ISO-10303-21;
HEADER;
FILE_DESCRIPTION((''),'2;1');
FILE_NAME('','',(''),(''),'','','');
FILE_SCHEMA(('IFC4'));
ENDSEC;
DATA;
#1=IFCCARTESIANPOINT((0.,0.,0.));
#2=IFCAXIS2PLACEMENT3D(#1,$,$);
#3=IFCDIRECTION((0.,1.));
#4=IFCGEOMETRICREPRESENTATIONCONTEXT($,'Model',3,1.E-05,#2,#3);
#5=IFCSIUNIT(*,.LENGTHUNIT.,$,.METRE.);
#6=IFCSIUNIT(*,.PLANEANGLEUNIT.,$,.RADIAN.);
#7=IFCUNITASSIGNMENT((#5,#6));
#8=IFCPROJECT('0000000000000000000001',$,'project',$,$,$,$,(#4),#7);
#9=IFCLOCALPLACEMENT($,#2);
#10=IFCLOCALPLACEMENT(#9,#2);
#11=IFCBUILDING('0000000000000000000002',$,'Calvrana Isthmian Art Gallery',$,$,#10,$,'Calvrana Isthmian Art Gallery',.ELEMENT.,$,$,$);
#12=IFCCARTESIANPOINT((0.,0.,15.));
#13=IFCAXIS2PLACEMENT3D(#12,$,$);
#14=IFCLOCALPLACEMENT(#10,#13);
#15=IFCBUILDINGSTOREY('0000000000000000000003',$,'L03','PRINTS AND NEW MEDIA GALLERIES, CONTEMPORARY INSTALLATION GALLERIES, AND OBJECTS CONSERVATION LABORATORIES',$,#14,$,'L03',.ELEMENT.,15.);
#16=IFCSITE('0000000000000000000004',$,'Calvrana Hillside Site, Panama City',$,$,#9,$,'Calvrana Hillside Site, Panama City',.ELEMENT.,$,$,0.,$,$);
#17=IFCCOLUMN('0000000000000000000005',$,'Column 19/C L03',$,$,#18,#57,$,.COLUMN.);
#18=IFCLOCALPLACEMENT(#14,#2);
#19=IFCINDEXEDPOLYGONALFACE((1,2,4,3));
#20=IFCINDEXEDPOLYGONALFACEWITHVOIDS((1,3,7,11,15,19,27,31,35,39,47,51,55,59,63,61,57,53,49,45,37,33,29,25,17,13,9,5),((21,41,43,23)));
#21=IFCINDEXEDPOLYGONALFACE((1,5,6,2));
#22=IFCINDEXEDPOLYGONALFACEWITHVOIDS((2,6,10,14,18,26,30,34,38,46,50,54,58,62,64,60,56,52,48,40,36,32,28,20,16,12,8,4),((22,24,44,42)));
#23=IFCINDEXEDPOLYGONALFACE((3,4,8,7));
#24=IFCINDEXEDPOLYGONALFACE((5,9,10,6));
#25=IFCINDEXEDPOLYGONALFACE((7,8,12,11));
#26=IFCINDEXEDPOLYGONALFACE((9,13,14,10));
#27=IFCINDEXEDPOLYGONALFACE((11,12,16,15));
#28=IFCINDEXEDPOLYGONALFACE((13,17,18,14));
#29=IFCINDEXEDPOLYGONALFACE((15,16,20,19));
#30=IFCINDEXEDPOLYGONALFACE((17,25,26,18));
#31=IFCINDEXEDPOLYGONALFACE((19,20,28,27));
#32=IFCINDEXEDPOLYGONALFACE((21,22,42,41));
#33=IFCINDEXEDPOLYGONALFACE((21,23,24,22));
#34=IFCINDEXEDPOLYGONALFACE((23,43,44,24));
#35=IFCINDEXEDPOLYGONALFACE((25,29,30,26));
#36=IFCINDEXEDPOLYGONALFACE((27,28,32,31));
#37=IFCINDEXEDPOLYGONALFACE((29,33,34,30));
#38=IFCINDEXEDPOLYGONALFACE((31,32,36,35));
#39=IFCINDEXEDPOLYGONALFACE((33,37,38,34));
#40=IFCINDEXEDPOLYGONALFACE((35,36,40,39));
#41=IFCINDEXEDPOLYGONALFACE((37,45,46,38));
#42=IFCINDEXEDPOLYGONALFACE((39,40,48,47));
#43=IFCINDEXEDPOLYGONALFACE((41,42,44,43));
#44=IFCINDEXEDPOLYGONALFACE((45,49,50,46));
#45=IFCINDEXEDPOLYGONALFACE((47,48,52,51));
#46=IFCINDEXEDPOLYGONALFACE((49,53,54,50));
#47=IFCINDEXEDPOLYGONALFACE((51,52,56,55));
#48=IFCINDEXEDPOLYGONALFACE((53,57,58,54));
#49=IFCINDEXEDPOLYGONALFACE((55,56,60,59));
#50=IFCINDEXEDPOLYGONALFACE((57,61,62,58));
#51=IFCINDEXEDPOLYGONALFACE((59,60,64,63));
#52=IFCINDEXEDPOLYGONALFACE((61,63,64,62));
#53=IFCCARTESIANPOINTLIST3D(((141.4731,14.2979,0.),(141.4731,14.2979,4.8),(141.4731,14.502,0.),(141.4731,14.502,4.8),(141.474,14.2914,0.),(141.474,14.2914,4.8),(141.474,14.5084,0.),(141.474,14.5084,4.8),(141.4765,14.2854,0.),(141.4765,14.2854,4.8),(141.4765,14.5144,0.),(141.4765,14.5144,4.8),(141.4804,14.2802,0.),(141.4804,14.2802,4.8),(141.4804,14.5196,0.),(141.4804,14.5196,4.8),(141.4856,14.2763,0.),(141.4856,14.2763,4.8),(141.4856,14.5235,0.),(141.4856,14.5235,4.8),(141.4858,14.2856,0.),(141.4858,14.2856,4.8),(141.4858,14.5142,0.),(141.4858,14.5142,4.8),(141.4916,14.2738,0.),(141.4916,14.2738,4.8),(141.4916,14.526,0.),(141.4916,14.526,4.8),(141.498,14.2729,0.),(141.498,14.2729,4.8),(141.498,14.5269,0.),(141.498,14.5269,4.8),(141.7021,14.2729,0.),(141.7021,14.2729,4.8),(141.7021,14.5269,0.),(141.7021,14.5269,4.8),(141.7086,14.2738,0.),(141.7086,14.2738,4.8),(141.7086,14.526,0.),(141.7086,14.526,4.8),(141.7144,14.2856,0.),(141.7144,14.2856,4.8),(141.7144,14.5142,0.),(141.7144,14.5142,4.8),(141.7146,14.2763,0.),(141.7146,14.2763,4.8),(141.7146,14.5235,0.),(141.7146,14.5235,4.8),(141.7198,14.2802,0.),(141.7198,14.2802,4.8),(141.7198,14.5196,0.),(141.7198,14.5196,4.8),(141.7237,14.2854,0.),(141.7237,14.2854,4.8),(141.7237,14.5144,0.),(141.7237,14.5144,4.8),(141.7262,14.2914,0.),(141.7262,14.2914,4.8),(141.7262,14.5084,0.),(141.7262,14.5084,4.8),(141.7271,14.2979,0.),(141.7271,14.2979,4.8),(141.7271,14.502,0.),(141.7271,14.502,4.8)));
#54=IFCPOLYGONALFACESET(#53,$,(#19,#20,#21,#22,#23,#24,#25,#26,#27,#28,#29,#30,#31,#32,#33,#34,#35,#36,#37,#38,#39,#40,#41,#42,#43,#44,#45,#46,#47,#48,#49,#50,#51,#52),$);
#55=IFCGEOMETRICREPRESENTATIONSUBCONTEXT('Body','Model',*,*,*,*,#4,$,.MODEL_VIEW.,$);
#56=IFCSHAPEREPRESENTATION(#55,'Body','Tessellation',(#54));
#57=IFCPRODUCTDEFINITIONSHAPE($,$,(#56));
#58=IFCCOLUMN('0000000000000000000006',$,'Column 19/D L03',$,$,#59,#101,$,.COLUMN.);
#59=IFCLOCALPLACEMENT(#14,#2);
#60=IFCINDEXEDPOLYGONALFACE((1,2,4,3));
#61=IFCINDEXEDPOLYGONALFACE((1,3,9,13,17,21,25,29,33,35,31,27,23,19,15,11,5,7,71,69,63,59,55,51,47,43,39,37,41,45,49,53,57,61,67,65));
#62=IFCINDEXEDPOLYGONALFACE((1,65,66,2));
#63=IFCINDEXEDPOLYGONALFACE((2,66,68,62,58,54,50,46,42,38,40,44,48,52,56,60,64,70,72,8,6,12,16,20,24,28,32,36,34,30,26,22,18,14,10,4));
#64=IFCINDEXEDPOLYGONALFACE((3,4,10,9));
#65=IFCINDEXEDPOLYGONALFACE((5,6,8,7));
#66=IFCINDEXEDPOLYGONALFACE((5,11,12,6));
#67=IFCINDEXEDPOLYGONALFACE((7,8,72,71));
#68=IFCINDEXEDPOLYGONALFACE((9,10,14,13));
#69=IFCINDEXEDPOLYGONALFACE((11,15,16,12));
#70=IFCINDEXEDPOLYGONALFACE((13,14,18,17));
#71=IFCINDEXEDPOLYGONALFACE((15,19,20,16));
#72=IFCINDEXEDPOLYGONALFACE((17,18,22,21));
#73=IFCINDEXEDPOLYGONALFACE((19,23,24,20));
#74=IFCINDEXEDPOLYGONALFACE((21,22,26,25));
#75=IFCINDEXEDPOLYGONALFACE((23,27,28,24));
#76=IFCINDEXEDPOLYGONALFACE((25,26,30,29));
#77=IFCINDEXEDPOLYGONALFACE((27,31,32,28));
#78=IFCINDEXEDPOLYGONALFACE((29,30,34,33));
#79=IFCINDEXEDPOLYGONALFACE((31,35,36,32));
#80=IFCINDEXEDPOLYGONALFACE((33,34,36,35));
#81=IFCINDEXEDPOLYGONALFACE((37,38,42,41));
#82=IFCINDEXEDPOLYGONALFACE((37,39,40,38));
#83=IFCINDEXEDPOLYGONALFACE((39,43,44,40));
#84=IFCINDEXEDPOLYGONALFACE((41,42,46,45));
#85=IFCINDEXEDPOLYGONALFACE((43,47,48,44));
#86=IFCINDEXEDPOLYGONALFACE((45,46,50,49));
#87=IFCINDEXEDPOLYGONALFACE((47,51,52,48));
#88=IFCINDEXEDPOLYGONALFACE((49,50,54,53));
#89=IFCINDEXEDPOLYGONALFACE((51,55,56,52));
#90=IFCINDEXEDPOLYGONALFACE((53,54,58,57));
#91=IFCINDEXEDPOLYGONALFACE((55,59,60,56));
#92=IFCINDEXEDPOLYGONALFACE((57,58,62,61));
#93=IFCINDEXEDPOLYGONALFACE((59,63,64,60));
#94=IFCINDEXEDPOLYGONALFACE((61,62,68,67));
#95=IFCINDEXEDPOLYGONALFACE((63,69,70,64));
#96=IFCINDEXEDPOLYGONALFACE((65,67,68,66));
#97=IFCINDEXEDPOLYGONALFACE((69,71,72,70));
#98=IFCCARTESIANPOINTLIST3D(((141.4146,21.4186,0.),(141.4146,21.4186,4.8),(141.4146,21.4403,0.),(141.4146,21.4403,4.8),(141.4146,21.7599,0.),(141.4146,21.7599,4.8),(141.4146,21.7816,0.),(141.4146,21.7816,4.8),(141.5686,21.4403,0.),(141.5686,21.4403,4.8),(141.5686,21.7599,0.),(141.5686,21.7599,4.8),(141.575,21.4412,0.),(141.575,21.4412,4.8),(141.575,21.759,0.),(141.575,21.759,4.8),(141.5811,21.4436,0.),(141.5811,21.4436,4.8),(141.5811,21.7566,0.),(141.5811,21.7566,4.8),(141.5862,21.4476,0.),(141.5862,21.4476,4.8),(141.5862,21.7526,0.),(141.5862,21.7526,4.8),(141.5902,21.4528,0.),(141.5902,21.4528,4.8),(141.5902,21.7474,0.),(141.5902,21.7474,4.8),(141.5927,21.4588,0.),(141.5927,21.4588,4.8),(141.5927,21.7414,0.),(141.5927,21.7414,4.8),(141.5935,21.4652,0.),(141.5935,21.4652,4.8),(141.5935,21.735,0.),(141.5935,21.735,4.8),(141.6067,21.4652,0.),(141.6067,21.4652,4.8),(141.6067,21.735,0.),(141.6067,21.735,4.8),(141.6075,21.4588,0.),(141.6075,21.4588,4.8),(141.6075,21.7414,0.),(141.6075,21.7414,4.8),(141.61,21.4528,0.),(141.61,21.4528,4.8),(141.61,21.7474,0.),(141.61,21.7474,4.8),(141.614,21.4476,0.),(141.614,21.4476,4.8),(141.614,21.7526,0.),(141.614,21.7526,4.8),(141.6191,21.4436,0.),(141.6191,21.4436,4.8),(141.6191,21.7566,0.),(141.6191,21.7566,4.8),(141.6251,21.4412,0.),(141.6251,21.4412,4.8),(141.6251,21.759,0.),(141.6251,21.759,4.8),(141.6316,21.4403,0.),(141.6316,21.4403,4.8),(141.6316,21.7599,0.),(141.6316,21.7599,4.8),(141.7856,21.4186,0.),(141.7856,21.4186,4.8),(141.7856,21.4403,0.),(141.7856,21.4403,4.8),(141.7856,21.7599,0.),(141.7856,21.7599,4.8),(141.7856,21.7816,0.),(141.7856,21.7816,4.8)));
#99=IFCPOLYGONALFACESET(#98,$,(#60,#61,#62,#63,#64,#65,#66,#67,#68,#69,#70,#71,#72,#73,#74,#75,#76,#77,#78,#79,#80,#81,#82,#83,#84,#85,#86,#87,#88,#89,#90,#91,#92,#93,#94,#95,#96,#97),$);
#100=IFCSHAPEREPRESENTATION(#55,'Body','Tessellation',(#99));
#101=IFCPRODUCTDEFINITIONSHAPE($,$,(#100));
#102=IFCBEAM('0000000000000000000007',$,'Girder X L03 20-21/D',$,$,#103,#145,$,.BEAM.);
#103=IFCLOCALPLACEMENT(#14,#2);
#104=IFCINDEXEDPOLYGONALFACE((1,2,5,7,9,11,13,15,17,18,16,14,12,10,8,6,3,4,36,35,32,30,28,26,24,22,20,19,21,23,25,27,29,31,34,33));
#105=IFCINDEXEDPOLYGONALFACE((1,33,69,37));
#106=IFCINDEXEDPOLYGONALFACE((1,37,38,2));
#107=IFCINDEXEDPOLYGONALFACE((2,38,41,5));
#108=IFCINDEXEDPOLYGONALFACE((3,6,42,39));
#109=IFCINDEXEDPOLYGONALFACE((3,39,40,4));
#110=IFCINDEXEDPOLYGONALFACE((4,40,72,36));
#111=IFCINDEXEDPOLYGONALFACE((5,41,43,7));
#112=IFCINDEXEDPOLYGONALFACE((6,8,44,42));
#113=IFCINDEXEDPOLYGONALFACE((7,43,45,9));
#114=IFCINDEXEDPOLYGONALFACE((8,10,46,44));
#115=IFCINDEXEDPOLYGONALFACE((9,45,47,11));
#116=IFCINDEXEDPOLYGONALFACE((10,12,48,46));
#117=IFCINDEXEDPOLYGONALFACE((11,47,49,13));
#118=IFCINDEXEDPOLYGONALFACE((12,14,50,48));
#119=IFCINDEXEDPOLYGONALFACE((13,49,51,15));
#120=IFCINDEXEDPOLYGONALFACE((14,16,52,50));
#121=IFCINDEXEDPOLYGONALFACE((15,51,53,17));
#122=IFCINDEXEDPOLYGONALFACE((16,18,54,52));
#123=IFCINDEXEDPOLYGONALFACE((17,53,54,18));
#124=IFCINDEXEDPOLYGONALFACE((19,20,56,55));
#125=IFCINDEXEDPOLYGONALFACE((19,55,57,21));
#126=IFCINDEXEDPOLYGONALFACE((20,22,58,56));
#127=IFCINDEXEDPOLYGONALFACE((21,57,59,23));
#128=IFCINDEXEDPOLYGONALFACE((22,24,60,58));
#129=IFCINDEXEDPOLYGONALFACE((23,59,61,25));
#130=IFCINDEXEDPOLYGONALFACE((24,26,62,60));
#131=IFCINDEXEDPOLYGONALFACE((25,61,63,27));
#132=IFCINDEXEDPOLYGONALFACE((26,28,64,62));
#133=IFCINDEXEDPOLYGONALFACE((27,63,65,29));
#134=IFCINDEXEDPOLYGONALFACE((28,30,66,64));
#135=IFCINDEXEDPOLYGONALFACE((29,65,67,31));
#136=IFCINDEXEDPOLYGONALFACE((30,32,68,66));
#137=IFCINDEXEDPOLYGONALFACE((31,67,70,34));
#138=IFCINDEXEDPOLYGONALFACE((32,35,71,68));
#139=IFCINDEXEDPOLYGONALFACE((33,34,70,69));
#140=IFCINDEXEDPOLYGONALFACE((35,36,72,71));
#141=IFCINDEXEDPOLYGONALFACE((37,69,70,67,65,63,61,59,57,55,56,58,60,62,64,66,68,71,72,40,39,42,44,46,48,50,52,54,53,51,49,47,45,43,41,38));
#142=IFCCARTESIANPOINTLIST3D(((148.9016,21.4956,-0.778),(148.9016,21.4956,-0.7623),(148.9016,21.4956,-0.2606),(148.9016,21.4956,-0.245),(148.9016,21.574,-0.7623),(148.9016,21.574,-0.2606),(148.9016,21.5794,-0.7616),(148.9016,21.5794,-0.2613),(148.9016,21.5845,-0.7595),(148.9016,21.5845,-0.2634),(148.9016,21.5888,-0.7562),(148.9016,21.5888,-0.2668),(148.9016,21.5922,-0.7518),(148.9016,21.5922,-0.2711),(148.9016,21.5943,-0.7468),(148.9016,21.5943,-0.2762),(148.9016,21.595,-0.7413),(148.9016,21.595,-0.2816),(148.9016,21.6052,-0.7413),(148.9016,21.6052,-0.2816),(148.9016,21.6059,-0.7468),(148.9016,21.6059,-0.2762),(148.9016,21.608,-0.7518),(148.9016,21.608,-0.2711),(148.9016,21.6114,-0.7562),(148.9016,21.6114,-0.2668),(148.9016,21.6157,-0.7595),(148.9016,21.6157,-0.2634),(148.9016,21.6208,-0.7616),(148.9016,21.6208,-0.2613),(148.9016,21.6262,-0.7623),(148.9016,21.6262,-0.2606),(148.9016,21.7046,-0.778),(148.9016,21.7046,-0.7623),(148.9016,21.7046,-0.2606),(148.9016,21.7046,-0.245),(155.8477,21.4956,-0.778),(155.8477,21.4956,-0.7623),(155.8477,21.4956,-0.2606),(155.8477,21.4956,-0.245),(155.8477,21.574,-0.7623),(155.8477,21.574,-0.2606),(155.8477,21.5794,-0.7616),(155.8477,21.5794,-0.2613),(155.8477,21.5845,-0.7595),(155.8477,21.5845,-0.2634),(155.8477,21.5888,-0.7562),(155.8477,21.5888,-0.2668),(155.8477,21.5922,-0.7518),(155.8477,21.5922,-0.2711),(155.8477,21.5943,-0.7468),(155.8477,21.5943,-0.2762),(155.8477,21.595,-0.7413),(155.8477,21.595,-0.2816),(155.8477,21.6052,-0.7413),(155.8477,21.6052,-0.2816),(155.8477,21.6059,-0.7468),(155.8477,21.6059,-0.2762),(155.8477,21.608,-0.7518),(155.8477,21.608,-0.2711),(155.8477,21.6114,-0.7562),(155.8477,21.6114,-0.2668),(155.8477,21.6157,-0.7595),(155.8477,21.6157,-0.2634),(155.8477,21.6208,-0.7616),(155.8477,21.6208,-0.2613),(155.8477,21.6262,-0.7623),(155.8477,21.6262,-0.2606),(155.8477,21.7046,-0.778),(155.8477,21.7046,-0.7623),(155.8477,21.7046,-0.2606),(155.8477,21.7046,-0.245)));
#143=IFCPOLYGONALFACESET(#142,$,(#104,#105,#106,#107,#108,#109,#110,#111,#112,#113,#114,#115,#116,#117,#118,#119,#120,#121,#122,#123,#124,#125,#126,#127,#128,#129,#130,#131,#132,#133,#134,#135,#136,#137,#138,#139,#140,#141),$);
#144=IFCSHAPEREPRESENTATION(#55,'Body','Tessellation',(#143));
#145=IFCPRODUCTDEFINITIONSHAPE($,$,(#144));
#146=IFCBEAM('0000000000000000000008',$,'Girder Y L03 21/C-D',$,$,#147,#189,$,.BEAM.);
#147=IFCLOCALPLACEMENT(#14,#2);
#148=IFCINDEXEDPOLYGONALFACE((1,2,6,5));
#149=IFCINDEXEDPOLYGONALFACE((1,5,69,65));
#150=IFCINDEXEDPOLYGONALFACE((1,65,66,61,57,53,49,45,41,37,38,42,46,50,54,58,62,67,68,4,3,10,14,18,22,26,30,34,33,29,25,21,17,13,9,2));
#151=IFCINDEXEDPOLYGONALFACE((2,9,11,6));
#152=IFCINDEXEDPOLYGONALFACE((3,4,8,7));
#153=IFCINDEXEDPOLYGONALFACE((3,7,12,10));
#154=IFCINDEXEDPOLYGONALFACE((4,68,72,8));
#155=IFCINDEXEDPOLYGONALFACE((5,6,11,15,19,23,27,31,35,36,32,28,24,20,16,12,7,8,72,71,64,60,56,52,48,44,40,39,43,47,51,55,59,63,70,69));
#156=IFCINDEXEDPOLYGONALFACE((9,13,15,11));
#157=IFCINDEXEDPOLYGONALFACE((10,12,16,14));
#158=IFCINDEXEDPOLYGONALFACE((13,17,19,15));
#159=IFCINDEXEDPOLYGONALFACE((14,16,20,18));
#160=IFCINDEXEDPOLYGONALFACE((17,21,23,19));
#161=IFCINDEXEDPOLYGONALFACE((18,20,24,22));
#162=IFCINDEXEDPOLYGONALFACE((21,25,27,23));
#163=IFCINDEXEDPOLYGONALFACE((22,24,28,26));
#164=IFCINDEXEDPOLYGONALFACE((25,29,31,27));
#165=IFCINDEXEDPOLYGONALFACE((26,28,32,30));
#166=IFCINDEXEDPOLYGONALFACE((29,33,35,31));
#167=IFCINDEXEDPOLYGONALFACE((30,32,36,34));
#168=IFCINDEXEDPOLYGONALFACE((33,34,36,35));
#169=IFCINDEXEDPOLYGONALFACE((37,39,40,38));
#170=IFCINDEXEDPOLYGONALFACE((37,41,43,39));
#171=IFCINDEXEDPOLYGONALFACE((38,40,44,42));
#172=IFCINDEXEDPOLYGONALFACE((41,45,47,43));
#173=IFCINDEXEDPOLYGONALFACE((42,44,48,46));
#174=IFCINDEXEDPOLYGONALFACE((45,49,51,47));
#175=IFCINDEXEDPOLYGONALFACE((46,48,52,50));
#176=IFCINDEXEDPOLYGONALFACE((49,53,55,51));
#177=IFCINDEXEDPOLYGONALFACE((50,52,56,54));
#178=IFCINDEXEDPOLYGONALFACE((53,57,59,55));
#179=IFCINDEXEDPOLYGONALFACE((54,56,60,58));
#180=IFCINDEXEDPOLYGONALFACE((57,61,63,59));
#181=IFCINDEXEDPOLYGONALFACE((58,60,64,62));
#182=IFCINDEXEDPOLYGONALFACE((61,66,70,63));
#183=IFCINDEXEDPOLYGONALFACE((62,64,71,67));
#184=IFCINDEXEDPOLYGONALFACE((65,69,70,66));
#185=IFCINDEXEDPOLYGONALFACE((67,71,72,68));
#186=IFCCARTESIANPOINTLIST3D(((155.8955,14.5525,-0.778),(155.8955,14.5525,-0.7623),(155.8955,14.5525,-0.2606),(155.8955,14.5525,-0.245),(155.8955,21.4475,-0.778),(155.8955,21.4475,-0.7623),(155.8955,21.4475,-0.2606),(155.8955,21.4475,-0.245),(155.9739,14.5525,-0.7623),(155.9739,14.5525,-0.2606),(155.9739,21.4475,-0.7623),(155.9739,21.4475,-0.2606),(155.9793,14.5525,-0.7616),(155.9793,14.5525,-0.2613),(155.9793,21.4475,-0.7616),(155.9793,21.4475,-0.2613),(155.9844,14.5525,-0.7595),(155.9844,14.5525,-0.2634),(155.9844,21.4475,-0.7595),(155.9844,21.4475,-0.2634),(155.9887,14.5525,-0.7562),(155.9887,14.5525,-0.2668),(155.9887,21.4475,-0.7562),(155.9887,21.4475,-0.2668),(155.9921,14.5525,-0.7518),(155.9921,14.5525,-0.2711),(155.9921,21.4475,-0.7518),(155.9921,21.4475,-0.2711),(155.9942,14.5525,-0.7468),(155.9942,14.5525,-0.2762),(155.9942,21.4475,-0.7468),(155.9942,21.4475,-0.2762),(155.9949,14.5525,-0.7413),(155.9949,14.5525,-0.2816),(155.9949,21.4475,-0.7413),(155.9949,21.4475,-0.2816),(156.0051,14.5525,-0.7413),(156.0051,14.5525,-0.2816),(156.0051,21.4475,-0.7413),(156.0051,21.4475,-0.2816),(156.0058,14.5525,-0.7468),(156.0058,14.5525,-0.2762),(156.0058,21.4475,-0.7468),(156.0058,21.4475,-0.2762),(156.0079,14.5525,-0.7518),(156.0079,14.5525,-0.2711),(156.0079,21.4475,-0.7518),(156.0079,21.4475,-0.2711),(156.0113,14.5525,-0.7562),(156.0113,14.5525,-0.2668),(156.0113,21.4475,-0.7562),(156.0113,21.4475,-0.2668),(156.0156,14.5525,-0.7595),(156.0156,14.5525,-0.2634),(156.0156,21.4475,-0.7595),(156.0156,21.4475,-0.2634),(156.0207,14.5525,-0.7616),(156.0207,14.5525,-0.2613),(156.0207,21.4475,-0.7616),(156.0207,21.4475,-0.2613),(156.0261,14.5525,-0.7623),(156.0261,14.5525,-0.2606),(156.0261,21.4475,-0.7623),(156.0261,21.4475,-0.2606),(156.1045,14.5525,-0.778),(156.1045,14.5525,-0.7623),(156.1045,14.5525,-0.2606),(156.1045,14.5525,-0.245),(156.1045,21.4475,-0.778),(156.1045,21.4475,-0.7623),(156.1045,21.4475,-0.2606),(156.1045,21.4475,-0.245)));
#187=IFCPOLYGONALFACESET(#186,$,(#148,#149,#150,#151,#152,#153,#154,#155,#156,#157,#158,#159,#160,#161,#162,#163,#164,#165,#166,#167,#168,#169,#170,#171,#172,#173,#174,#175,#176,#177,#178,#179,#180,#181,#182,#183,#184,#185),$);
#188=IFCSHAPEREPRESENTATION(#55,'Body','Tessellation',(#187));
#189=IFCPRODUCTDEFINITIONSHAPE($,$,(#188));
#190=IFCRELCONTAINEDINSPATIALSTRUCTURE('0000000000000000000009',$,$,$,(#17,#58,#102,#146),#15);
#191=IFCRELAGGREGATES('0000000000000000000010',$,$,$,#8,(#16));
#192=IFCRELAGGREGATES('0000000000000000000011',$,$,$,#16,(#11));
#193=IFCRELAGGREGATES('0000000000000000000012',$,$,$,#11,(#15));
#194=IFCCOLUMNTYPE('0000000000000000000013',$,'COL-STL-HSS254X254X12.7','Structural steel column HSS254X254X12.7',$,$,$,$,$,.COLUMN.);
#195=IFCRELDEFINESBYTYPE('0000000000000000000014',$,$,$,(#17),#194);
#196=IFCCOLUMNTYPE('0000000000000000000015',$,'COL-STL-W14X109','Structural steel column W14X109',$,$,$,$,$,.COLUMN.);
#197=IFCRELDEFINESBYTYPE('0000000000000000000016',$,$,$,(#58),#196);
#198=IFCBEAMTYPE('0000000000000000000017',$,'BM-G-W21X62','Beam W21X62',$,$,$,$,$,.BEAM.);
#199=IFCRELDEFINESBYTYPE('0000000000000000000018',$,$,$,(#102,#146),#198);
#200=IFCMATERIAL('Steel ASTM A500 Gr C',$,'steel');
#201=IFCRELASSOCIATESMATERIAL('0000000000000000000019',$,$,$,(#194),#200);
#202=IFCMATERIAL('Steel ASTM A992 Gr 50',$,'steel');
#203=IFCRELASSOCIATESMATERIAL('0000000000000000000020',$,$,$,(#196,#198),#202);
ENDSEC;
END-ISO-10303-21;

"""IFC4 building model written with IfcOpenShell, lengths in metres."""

from ifc_helpers import new_model, si_unit, direction, frame, origin, origin_2d, place, context, subcontext, project, spatial, hollow_rectangle, i_section, extrude, material, material_profile, profile_set, type_object, element, save


model = new_model("IFC4")

# Units and contexts
model_context = context("Model", 3, precision=1e-05, world=origin(), true_north=direction((0.0, 1.0)))
body_context = subcontext(model_context, "Body", "Model", "MODEL_VIEW")
ifc_project = project(units=[si_unit("LENGTHUNIT", "METRE"), si_unit("PLANEANGLEUNIT", "RADIAN")], contexts=[model_context])

# Site, building, storey
site_placement = place(None, origin())
site = spatial("IfcSite", under=ifc_project, at=site_placement, Name="Calvrana Hillside Site, Panama City", LongName="Calvrana Hillside Site, Panama City", CompositionType="ELEMENT", RefElevation=0.0)
building_placement = place(site_placement, origin())
building = spatial("IfcBuilding", under=site, at=building_placement, Name="Calvrana Isthmian Art Gallery", LongName="Calvrana Isthmian Art Gallery", CompositionType="ELEMENT")
storey_placement = place(building_placement, frame((0.0, 0.0, 15.0)))
storey = spatial("IfcBuildingStorey", under=building, at=storey_placement, Name="L03", Description="PRINTS AND NEW MEDIA GALLERIES, CONTEMPORARY INSTALLATION GALLERIES, AND OBJECTS CONSERVATION LABORATORIES", LongName="L03", CompositionType="ELEMENT", Elevation=15.0)

# Columns
ifc_material_1 = material(Name="Steel ASTM A500 Gr C", Category="steel")
ifc_material_profile_1 = material_profile(ifc_material_1, hollow_rectangle(XDim=0.2539, YDim=0.2539, WallThickness=0.0127, OuterFilletRadius=0.0249, at=origin_2d()), Name="HSS254X254X12.7")
ifc_profile_set_1 = profile_set([ifc_material_profile_1], Name="Steel ASTM A500 Gr C")
column_type_1 = type_object("IfcColumnType", Name="COL-STL-HSS254X254X12.7", Description="Structural steel column HSS254X254X12.7", PredefinedType="COLUMN", material=ifc_profile_set_1)
column_1_placement = place(storey_placement, frame((141.6001, 14.3999, 0.0), z_axis=(0.0, 0.0, 1.0), x_axis=(1.0, 0.0, 0.0)))
element("IfcColumn", 1, at=column_1_placement, inside=storey, type_object=column_type_1, Name="Column 19/C L03", PredefinedType="COLUMN", context=body_context, shape_type="SweptSolid", body=[
    extrude(hollow_rectangle(XDim=0.2539, YDim=0.2539, WallThickness=0.0127, OuterFilletRadius=0.0249, at=origin_2d()), origin(), (0.0, 0.0, 1.0), 4.8),
])
ifc_material_2 = material(Name="Steel ASTM A992 Gr 50", Category="steel")
ifc_material_profile_2 = material_profile(ifc_material_2, i_section(OverallWidth=0.3711, OverallDepth=0.363, WebThickness=0.0132, FlangeThickness=0.0217, FilletRadius=0.0249, at=origin_2d()), Name="W14X109")
ifc_profile_set_2 = profile_set([ifc_material_profile_2], Name="Steel ASTM A992 Gr 50")
column_type_2 = type_object("IfcColumnType", Name="COL-STL-W14X109", Description="Structural steel column W14X109", PredefinedType="COLUMN", material=ifc_profile_set_2)
column_2_placement = place(storey_placement, frame((141.6001, 21.6001, 0.0), z_axis=(0.0, 0.0, 1.0), x_axis=(1.0, 0.0, 0.0)))
element("IfcColumn", 2, at=column_2_placement, inside=storey, type_object=column_type_2, Name="Column 19/D L03", PredefinedType="COLUMN", context=body_context, shape_type="SweptSolid", body=[
    extrude(i_section(OverallWidth=0.3711, OverallDepth=0.363, WebThickness=0.0132, FlangeThickness=0.0217, FilletRadius=0.0249, at=origin_2d()), origin(), (0.0, 0.0, 1.0), 4.8),
])

# Beams
ifc_material_profile_3 = material_profile(ifc_material_2, i_section(OverallWidth=0.209, OverallDepth=0.533, WebThickness=0.0103, FlangeThickness=0.0156, FilletRadius=0.021, at=origin_2d()), Name="W21X62")
ifc_profile_set_3 = profile_set([ifc_material_profile_3], Name="Steel ASTM A992 Gr 50")
beam_type_1 = type_object("IfcBeamType", Name="BM-G-W21X62", Description="Beam W21X62", PredefinedType="BEAM", material=ifc_profile_set_3)
beam_1_placement = place(storey_placement, frame((148.9016, 21.6001, -0.5115), z_axis=(1.0, 0.0, 0.0), x_axis=(0.0, 1.0, 0.0)))
element("IfcBeam", 3, at=beam_1_placement, inside=storey, type_object=beam_type_1, Name="Girder X L03 20-21/D", PredefinedType="BEAM", context=body_context, shape_type="SweptSolid", body=[
    extrude(i_section(OverallWidth=0.209, OverallDepth=0.533, WebThickness=0.0103, FlangeThickness=0.0156, FilletRadius=0.021, at=origin_2d()), origin(), (0.0, 0.0, 1.0), 6.946),
])
beam_2_placement = place(storey_placement, frame((156.0, 14.5525, -0.5115), z_axis=(0.0, 1.0, 0.0), x_axis=(-1.0, 0.0, 0.0)))
element("IfcBeam", 4, at=beam_2_placement, inside=storey, type_object=beam_type_1, Name="Girder Y L03 21/C-D", PredefinedType="BEAM", context=body_context, shape_type="SweptSolid", body=[
    extrude(i_section(OverallWidth=0.209, OverallDepth=0.533, WebThickness=0.0103, FlangeThickness=0.0156, FilletRadius=0.021, at=origin_2d()), origin(), (0.0, 0.0, 1.0), 6.895),
])

save(model, "model.ifc")
